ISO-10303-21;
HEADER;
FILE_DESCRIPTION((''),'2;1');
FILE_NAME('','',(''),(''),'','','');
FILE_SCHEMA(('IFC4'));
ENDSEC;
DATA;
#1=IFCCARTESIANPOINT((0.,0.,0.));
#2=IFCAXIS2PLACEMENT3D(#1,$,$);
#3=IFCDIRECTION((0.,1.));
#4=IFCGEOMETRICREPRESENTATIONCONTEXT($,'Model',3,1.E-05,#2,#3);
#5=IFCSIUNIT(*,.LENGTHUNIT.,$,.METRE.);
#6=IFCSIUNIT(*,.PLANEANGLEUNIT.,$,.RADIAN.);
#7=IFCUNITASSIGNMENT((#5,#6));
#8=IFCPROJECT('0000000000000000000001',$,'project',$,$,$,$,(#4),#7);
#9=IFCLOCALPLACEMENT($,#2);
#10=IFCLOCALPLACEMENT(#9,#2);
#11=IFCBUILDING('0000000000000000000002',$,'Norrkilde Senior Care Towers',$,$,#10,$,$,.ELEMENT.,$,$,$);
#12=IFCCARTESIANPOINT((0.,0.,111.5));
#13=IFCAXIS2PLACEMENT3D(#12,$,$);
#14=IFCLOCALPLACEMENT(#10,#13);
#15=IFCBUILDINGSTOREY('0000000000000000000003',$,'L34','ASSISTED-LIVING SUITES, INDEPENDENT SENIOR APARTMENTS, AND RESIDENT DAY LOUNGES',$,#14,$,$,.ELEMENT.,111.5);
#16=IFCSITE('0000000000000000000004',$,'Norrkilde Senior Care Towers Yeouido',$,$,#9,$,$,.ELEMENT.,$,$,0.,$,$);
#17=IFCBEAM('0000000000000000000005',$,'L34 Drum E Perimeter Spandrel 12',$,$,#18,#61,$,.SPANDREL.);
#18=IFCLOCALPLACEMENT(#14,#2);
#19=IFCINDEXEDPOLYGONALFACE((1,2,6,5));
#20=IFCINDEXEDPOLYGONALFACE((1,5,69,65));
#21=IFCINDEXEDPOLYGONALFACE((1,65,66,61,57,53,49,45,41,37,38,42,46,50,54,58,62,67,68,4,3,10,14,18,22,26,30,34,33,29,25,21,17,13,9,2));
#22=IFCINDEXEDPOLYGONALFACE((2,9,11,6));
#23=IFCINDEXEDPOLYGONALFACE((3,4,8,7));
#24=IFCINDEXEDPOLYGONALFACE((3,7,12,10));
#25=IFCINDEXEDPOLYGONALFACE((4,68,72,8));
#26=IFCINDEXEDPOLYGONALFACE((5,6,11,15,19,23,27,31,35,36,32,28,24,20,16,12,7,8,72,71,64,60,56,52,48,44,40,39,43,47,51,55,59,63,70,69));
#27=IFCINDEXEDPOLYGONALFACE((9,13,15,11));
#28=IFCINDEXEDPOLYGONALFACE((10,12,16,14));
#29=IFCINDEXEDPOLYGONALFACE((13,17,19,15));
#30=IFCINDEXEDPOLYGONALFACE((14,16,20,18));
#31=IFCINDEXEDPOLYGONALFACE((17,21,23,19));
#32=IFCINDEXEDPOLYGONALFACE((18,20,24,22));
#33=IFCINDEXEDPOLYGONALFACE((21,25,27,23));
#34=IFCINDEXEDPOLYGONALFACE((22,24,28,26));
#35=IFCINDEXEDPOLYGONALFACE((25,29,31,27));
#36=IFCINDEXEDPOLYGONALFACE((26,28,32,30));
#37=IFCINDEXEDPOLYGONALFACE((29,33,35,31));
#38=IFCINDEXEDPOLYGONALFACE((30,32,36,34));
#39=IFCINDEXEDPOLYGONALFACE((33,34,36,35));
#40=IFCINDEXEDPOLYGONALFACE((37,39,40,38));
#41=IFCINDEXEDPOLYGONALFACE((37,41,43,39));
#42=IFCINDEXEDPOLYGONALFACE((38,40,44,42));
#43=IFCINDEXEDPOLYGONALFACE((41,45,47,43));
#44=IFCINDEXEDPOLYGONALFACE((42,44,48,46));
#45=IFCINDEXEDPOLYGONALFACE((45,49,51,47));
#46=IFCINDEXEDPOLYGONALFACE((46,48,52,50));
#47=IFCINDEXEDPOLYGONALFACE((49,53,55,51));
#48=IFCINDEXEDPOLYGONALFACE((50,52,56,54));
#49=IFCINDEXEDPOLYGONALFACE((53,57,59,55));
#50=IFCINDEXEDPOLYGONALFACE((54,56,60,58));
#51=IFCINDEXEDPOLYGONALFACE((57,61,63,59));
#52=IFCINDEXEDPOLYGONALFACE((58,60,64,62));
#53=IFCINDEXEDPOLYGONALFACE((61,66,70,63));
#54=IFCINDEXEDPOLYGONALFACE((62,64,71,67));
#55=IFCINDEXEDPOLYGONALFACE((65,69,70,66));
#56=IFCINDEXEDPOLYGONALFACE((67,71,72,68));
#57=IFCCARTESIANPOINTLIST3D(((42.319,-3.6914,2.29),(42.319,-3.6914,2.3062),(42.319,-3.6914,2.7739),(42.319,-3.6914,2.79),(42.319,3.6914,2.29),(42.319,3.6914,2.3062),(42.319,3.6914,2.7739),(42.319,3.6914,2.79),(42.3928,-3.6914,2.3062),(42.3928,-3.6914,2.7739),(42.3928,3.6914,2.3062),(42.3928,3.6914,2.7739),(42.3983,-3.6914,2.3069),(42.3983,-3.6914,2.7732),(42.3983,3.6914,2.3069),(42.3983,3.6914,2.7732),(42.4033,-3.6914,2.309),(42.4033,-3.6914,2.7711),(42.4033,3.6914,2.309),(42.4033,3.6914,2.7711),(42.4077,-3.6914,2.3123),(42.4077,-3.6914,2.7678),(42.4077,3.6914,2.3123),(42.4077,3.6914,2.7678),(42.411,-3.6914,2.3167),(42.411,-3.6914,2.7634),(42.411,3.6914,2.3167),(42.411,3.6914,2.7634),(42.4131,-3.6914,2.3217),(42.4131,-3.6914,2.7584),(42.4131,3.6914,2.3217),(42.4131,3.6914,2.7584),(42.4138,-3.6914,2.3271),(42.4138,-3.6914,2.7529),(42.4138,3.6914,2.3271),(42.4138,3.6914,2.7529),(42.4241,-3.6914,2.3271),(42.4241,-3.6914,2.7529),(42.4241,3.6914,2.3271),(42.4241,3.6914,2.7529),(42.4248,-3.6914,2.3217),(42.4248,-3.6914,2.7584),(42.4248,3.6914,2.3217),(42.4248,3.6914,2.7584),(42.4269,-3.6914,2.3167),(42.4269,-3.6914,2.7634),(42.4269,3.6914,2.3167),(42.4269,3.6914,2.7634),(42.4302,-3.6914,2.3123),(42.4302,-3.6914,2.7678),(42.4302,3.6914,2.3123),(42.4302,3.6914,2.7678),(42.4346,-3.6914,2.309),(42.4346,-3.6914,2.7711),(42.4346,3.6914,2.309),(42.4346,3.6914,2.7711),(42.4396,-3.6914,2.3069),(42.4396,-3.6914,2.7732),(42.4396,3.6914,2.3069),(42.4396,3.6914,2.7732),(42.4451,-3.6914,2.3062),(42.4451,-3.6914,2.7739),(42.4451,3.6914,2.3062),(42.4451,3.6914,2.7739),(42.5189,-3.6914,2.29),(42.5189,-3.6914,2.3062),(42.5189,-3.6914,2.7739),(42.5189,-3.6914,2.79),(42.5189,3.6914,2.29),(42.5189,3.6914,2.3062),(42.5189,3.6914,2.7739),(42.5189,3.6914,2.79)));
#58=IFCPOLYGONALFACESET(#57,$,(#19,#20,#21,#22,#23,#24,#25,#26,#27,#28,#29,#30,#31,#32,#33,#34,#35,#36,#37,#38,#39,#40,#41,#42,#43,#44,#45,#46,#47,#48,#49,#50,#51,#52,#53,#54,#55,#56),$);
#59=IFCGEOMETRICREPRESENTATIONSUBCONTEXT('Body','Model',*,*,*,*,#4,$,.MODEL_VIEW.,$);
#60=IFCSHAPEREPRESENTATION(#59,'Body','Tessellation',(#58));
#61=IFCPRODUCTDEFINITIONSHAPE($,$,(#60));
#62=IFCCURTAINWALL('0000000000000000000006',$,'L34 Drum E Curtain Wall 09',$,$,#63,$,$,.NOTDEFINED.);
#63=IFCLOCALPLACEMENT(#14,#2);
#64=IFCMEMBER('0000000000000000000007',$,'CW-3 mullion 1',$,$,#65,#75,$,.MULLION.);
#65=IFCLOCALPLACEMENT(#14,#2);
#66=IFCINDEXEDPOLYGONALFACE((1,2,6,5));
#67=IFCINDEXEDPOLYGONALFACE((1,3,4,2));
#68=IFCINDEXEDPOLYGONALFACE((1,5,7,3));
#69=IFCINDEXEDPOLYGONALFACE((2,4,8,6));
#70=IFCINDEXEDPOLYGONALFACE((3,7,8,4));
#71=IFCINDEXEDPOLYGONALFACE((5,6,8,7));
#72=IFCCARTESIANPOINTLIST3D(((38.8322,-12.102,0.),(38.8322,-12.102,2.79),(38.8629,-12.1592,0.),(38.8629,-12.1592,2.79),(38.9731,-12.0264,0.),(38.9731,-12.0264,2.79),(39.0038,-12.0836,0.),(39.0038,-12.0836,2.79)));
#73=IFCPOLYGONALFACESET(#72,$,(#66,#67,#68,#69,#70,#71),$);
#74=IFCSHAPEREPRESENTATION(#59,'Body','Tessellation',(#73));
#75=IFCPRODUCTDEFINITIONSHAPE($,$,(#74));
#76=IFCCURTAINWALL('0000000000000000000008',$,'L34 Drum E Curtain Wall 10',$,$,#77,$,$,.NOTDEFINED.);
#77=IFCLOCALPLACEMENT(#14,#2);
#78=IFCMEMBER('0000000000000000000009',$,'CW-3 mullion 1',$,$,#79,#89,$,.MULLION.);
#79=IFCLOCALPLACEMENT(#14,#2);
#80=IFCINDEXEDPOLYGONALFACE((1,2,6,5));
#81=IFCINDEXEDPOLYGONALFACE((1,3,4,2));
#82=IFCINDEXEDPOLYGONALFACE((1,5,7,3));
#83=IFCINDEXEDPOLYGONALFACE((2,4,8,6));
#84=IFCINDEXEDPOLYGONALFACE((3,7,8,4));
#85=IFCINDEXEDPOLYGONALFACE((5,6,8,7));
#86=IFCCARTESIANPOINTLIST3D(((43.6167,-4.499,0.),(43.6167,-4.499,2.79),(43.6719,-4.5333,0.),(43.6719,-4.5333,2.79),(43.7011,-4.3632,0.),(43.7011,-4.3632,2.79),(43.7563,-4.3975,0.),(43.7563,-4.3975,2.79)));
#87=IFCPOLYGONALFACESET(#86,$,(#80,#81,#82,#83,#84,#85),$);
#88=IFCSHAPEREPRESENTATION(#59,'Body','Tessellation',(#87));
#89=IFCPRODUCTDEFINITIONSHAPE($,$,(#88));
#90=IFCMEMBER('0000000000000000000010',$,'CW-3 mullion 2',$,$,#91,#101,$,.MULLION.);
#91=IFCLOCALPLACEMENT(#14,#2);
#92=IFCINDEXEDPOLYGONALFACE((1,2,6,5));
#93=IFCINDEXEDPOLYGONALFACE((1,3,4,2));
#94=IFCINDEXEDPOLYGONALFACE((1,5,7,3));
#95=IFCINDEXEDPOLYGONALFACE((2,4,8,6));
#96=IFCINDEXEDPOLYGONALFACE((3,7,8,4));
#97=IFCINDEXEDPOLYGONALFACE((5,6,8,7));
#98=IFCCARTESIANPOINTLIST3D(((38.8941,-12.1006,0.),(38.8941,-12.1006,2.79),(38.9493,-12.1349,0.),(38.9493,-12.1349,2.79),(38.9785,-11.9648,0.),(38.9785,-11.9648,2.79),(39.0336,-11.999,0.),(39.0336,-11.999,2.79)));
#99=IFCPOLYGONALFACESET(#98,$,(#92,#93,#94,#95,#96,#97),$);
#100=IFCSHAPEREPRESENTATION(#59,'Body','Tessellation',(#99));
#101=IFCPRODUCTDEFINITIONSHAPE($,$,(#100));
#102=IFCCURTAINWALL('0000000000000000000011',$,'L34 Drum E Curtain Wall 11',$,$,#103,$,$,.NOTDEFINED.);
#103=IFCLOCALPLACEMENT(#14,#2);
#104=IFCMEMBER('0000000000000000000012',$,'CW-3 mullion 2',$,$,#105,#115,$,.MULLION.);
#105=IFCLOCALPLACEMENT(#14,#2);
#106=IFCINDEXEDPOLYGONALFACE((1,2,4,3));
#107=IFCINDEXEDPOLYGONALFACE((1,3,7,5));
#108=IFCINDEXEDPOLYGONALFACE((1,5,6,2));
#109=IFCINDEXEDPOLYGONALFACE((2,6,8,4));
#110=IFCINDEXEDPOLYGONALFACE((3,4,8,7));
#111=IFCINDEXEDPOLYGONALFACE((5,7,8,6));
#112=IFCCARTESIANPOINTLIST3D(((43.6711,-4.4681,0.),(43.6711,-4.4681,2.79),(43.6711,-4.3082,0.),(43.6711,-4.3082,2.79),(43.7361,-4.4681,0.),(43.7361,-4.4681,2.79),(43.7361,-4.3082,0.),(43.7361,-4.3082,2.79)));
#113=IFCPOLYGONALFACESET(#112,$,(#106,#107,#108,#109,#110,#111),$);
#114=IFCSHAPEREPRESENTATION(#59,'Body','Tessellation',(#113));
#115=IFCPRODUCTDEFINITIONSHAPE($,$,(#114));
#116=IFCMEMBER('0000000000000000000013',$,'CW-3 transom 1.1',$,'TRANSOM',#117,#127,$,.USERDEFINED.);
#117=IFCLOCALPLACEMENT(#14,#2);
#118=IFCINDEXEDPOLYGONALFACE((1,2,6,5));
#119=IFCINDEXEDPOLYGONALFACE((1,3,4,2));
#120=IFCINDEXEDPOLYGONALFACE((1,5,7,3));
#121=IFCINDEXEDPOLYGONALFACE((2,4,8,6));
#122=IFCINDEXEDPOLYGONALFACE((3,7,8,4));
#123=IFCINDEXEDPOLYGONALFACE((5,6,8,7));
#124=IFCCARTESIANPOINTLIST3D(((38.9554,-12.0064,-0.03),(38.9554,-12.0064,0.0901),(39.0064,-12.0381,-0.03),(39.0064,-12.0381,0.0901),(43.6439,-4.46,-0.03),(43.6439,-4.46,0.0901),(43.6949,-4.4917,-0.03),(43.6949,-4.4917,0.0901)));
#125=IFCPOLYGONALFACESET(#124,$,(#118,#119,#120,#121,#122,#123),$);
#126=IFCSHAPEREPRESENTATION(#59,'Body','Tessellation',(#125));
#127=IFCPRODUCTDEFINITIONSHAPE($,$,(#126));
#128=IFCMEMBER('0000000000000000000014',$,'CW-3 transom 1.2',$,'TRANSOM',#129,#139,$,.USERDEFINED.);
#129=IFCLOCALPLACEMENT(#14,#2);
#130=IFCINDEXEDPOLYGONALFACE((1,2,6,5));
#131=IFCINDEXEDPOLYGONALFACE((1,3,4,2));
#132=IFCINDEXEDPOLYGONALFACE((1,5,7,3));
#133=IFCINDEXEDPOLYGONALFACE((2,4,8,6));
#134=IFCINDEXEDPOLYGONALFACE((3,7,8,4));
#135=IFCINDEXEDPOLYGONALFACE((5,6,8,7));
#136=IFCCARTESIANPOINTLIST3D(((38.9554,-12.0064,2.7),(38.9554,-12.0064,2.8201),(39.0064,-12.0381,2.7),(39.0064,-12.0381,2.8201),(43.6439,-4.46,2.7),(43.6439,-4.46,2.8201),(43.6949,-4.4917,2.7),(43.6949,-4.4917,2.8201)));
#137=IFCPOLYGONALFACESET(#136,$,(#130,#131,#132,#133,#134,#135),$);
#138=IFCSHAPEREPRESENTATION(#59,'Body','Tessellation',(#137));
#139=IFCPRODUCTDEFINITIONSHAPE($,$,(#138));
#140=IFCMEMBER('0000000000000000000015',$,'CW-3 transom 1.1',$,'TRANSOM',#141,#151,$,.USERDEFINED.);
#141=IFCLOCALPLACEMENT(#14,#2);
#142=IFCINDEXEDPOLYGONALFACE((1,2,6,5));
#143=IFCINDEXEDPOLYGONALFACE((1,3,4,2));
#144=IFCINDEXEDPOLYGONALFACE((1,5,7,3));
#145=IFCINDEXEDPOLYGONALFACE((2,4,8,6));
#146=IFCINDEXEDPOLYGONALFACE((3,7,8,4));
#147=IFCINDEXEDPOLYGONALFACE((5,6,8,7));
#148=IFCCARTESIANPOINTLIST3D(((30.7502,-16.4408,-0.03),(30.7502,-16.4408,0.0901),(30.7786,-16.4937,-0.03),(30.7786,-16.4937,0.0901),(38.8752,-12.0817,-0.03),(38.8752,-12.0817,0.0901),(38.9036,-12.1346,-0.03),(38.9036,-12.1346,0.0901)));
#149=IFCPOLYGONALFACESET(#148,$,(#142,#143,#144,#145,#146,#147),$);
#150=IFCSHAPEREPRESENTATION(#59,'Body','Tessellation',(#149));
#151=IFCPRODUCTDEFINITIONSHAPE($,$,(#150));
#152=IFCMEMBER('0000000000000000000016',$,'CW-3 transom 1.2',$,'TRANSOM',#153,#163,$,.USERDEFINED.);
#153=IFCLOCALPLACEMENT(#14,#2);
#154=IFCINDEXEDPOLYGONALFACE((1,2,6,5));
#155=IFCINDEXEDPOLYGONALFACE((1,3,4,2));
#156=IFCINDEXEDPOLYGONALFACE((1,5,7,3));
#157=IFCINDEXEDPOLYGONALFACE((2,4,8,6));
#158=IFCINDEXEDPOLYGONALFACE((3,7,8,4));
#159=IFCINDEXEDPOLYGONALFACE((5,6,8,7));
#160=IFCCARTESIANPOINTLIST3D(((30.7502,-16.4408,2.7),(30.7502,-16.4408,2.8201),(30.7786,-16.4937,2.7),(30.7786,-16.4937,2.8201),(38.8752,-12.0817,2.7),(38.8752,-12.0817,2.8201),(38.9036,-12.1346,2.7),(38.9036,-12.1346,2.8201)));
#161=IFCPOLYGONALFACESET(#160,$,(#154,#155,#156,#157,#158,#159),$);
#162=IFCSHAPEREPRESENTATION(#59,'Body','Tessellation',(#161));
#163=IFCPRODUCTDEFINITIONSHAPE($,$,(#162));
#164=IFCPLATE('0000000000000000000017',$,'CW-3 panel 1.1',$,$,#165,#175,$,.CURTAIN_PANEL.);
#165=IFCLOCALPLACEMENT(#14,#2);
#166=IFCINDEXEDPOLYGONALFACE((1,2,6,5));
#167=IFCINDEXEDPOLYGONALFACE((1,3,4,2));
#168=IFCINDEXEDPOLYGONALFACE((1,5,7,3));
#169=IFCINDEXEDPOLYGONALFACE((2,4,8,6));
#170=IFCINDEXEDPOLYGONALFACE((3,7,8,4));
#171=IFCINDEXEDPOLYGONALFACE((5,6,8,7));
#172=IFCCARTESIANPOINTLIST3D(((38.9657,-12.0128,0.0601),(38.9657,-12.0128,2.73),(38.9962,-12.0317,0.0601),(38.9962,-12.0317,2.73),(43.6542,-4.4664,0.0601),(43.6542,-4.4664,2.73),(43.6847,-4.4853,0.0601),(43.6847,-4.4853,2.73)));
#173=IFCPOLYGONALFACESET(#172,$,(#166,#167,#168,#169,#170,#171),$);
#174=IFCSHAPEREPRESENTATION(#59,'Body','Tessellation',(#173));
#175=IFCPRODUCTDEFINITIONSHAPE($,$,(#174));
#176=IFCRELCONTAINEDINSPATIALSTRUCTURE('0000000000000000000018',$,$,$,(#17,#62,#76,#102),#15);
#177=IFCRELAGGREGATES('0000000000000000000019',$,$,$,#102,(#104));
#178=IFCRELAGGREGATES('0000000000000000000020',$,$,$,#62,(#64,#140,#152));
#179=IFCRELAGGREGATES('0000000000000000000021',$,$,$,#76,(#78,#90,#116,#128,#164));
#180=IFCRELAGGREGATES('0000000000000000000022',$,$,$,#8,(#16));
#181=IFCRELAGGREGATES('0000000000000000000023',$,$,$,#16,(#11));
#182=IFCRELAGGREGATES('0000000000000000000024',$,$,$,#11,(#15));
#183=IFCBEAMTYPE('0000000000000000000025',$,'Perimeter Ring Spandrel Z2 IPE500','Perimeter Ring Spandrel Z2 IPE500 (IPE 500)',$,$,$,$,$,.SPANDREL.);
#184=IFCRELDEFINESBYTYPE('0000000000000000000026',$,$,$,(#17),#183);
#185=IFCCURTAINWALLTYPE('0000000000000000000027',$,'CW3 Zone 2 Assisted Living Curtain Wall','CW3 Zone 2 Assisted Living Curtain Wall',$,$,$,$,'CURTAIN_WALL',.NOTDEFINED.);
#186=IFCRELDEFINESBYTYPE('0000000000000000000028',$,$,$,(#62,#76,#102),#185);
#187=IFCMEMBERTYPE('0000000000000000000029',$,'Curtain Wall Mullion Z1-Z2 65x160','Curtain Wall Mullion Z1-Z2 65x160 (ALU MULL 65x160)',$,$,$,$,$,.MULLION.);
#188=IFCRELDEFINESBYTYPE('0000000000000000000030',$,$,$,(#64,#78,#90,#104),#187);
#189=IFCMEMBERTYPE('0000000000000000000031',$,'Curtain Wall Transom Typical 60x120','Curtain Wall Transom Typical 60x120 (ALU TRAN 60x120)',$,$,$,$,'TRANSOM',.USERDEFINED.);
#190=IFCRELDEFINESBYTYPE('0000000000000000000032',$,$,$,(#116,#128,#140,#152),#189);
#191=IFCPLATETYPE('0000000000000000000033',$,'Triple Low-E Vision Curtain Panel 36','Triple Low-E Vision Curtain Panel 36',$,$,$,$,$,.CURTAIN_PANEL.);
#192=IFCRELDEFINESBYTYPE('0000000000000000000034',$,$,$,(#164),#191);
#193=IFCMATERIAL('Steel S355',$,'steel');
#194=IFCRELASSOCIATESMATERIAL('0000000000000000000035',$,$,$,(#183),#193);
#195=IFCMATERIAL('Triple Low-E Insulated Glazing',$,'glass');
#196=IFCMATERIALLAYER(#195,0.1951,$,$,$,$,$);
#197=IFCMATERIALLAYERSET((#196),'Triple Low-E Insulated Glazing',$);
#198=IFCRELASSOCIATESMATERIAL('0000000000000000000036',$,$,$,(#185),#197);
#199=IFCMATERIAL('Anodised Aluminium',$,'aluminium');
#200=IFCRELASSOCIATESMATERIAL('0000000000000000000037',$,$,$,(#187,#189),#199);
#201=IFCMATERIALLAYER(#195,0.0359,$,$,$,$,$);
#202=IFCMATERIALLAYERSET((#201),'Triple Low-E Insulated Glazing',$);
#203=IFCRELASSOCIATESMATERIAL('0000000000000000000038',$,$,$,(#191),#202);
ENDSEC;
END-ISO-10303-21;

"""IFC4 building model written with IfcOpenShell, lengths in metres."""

from ifc_helpers import new_model, si_unit, direction, frame, origin, origin_2d, place, context, subcontext, project, spatial, rectangle, i_section, extrude, source, transform, mapped, material, layer, layer_set, material_profile, profile_set, type_object, type_shapes, element, aggregate, save


model = new_model("IFC4")

# Units and contexts
model_context = context("Model", 3, precision=1e-05, world=origin(), true_north=direction((0.0, 1.0)))
body_context = subcontext(model_context, "Body", "Model", "MODEL_VIEW")
ifc_project = project(units=[si_unit("LENGTHUNIT", "METRE"), si_unit("PLANEANGLEUNIT", "RADIAN")], contexts=[model_context])

# Site, building, storey
site_placement = place(None, origin())
site = spatial("IfcSite", under=ifc_project, at=site_placement, Name="Norrkilde Senior Care Towers Yeouido", CompositionType="ELEMENT", RefElevation=0.0)
building_placement = place(site_placement, origin())
building = spatial("IfcBuilding", under=site, at=building_placement, Name="Norrkilde Senior Care Towers", CompositionType="ELEMENT")
storey_placement = place(building_placement, frame((0.0, 0.0, 111.5)))
storey = spatial("IfcBuildingStorey", under=building, at=storey_placement, Name="L34", Description="ASSISTED-LIVING SUITES, INDEPENDENT SENIOR APARTMENTS, AND RESIDENT DAY LOUNGES", CompositionType="ELEMENT", Elevation=111.5)

# Beam
ifc_material_1 = material(Name="Steel S355", Category="steel")
ifc_material_profile_1 = material_profile(ifc_material_1, i_section(OverallWidth=0.2, OverallDepth=0.5, WebThickness=0.0103, FlangeThickness=0.0161, FilletRadius=0.021, at=origin_2d()), Name="IPE 500")
ifc_profile_set_1 = profile_set([ifc_material_profile_1], Name="Steel S355")
beam_type_1 = type_object("IfcBeamType", Name="Perimeter Ring Spandrel Z2 IPE500", Description="Perimeter Ring Spandrel Z2 IPE500 (IPE 500)", PredefinedType="SPANDREL", material=ifc_profile_set_1)
shared_shape_1 = source(origin(), body_context, "Body", "SweptSolid", [
    extrude(i_section(OverallWidth=0.2, OverallDepth=0.5, WebThickness=0.0103, FlangeThickness=0.0161, FilletRadius=0.021, at=origin_2d()), origin(), (0.0, 0.0, 1.0), 7.3828),
])
beam_1_placement = place(storey_placement, frame((42.4189, -3.6914, 2.54), z_axis=(0.0, 1.0, 0.0), x_axis=(-1.0, 0.0, 0.0)))
element("IfcBeam", 1, at=beam_1_placement, inside=storey, type_object=beam_type_1, Name="L34 Drum E Perimeter Spandrel 12", PredefinedType="SPANDREL", context=body_context, shape_type="MappedRepresentation", body=[
    mapped(shared_shape_1, transform((0.0, 0.0, 0.0), x_axis=(1.0, 0.0, 0.0), y_axis=(0.0, 1.0, 0.0), z_axis=(0.0, 0.0, 1.0), scale=1.0)),
])

# Curtain wall, member
ifc_material_2 = material(Name="Triple Low-E Insulated Glazing", Category="glass")
ifc_layer_1 = layer(ifc_material_2, 0.1951)
ifc_layer_set_1 = layer_set([ifc_layer_1], Name="Triple Low-E Insulated Glazing")
curtain_wall_type = type_object("IfcCurtainWallType", Name="CW3 Zone 2 Assisted Living Curtain Wall", Description="CW3 Zone 2 Assisted Living Curtain Wall", ElementType="CURTAIN_WALL", PredefinedType="NOTDEFINED", material=ifc_layer_set_1)
curtain_wall_1_placement = place(storey_placement, origin())
curtain_wall_1 = element("IfcCurtainWall", 2, at=curtain_wall_1_placement, inside=storey, type_object=curtain_wall_type, Name="L34 Drum E Curtain Wall 09", PredefinedType="NOTDEFINED")
ifc_material_3 = material(Name="Anodised Aluminium", Category="aluminium")
ifc_material_profile_2 = material_profile(ifc_material_3, rectangle(XDim=0.0649, YDim=0.1599, at=origin_2d()), Name="ALU MULL 65x160")
ifc_profile_set_2 = profile_set([ifc_material_profile_2], Name="Anodised Aluminium")
member_type_1 = type_object("IfcMemberType", Name="Curtain Wall Mullion Z1-Z2 65x160", Description="Curtain Wall Mullion Z1-Z2 65x160 (ALU MULL 65x160)", PredefinedType="MULLION", material=ifc_profile_set_2)
shared_shape_2 = source(origin(), body_context, "Body", "SweptSolid", [
    extrude(rectangle(XDim=0.0649, YDim=0.1599, at=origin_2d()), origin(), (0.0, 0.0, 1.0), 2.79),
])
type_shapes(member_type_1, [shared_shape_2])
member_1_placement = place(storey_placement, frame((38.918, -12.0928, 0.0), z_axis=(0.0, 0.0, 1.0), x_axis=(0.472769, -0.881186, 0.0)))
member_1 = element("IfcMember", 3, at=member_1_placement, type_object=member_type_1, Name="CW-3 mullion 1", PredefinedType="MULLION", context=body_context, shape_type="MappedRepresentation", body=[
    mapped(shared_shape_2, transform((0.0, 0.0, 0.0), x_axis=(1.0, 0.0, 0.0), y_axis=(0.0, 1.0, 0.0), z_axis=(0.0, 0.0, 1.0), scale=1.0)),
])

# Curtain wall, members
curtain_wall_2_placement = place(storey_placement, origin())
curtain_wall_2 = element("IfcCurtainWall", 4, at=curtain_wall_2_placement, inside=storey, type_object=curtain_wall_type, Name="L34 Drum E Curtain Wall 10", PredefinedType="NOTDEFINED")
member_2_placement = place(storey_placement, frame((43.6865, -4.4482, 0.0), z_axis=(0.0, 0.0, 1.0), x_axis=(0.84941, -0.527733, 0.0)))
member_2 = element("IfcMember", 5, at=member_2_placement, type_object=member_type_1, Name="CW-3 mullion 1", PredefinedType="MULLION", context=body_context, shape_type="MappedRepresentation", body=[
    mapped(shared_shape_2, transform((0.0, 0.0, 0.0), x_axis=(1.0, 0.0, 0.0), y_axis=(0.0, 1.0, 0.0), z_axis=(0.0, 0.0, 1.0), scale=1.0)),
])
member_3_placement = place(storey_placement, frame((38.9639, -12.0498, 0.0), z_axis=(0.0, 0.0, 1.0), x_axis=(0.84941, -0.527733, 0.0)))
member_3 = element("IfcMember", 6, at=member_3_placement, type_object=member_type_1, Name="CW-3 mullion 2", PredefinedType="MULLION", context=body_context, shape_type="MappedRepresentation", body=[
    mapped(shared_shape_2, transform((0.0, 0.0, 0.0), x_axis=(1.0, 0.0, 0.0), y_axis=(0.0, 1.0, 0.0), z_axis=(0.0, 0.0, 1.0), scale=1.0)),
])

# Curtain wall, member
curtain_wall_3_placement = place(storey_placement, origin())
curtain_wall_3 = element("IfcCurtainWall", 7, at=curtain_wall_3_placement, inside=storey, type_object=curtain_wall_type, Name="L34 Drum E Curtain Wall 11", PredefinedType="NOTDEFINED")
member_4_placement = place(storey_placement, frame((43.7036, -4.3882, 0.0), z_axis=(0.0, 0.0, 1.0), x_axis=(1.0, 0.0, 0.0)))
member_4 = element("IfcMember", 8, at=member_4_placement, type_object=member_type_1, Name="CW-3 mullion 2", PredefinedType="MULLION", context=body_context, shape_type="MappedRepresentation", body=[
    mapped(shared_shape_2, transform((0.0, 0.0, 0.0), x_axis=(1.0, 0.0, 0.0), y_axis=(0.0, 1.0, 0.0), z_axis=(0.0, 0.0, 1.0), scale=1.0)),
])
aggregate(curtain_wall_3, [member_4])

# Members
ifc_material_profile_3 = material_profile(ifc_material_3, rectangle(XDim=0.0601, YDim=0.1201, at=origin_2d()), Name="ALU TRAN 60x120")
ifc_profile_set_3 = profile_set([ifc_material_profile_3], Name="Anodised Aluminium")
member_type_2 = type_object("IfcMemberType", Name="Curtain Wall Transom Typical 60x120", Description="Curtain Wall Transom Typical 60x120 (ALU TRAN 60x120)", ElementType="TRANSOM", PredefinedType="USERDEFINED", material=ifc_profile_set_3)
shared_shape_3 = source(origin(), body_context, "Body", "SweptSolid", [
    extrude(rectangle(XDim=0.0601, YDim=0.1201, at=origin_2d()), origin(), (0.0, 0.0, 1.0), 8.8843),
])
member_5_placement = place(storey_placement, frame((43.6694, -4.4758, 0.03), z_axis=(-0.527729, -0.849413, 0.0), x_axis=(0.849413, -0.527729, 0.0)))
member_5 = element("IfcMember", 9, at=member_5_placement, type_object=member_type_2, Name="CW-3 transom 1.1", ObjectType="TRANSOM", PredefinedType="USERDEFINED", context=body_context, shape_type="MappedRepresentation", body=[
    mapped(shared_shape_3, transform((0.0, 0.0, 0.0), x_axis=(1.0, 0.0, 0.0), y_axis=(0.0, 1.0, 0.0), z_axis=(0.0, 0.0, 1.0), scale=1.0)),
])
member_6_placement = place(storey_placement, frame((43.6694, -4.4758, 2.76), z_axis=(-0.527729, -0.849413, 0.0), x_axis=(0.849413, -0.527729, 0.0)))
member_6 = element("IfcMember", 10, at=member_6_placement, type_object=member_type_2, Name="CW-3 transom 1.2", ObjectType="TRANSOM", PredefinedType="USERDEFINED", context=body_context, shape_type="MappedRepresentation", body=[
    mapped(shared_shape_3, transform((0.0, 0.0, 0.0), x_axis=(1.0, 0.0, 0.0), y_axis=(0.0, 1.0, 0.0), z_axis=(0.0, 0.0, 1.0), scale=1.0)),
])
shared_shape_4 = source(origin(), body_context, "Body", "SweptSolid", [
    extrude(rectangle(XDim=0.0601, YDim=0.1201, at=origin_2d()), origin(), (0.0, 0.0, 1.0), 9.2205),
])
type_shapes(member_type_2, [shared_shape_3, shared_shape_4])
member_7_placement = place(storey_placement, frame((38.8894, -12.1082, 0.03), z_axis=(-0.881189, -0.472765, 0.0), x_axis=(0.472765, -0.881189, 0.0)))
member_7 = element("IfcMember", 11, at=member_7_placement, type_object=member_type_2, Name="CW-3 transom 1.1", ObjectType="TRANSOM", PredefinedType="USERDEFINED", context=body_context, shape_type="MappedRepresentation", body=[
    mapped(shared_shape_4, transform((0.0, 0.0, 0.0), x_axis=(1.0, 0.0, 0.0), y_axis=(0.0, 1.0, 0.0), z_axis=(0.0, 0.0, 1.0), scale=1.0)),
])
member_8_placement = place(storey_placement, frame((38.8894, -12.1082, 2.76), z_axis=(-0.881189, -0.472765, 0.0), x_axis=(0.472765, -0.881189, 0.0)))
member_8 = element("IfcMember", 12, at=member_8_placement, type_object=member_type_2, Name="CW-3 transom 1.2", ObjectType="TRANSOM", PredefinedType="USERDEFINED", context=body_context, shape_type="MappedRepresentation", body=[
    mapped(shared_shape_4, transform((0.0, 0.0, 0.0), x_axis=(1.0, 0.0, 0.0), y_axis=(0.0, 1.0, 0.0), z_axis=(0.0, 0.0, 1.0), scale=1.0)),
])
aggregate(curtain_wall_1, [member_1, member_7, member_8])

# Plate
ifc_layer_2 = layer(ifc_material_2, 0.0359)
ifc_layer_set_2 = layer_set([ifc_layer_2], Name="Triple Low-E Insulated Glazing")
plate_type = type_object("IfcPlateType", Name="Triple Low-E Vision Curtain Panel 36", Description="Triple Low-E Vision Curtain Panel 36", PredefinedType="CURTAIN_PANEL", material=ifc_layer_set_2)
shared_shape_5 = source(origin(), body_context, "Body", "SweptSolid", [
    extrude(rectangle(XDim=8.8843, YDim=0.0359, at=origin_2d()), origin(), (0.0, 0.0, 1.0), 2.6699),
])
type_shapes(plate_type, [shared_shape_5])
plate_placement = place(storey_placement, frame((41.3252, -8.249, 0.0601), z_axis=(0.0, 0.0, 1.0), x_axis=(-0.527733, -0.84941, 0.0)))
plate = element("IfcPlate", 13, at=plate_placement, type_object=plate_type, Name="CW-3 panel 1.1", PredefinedType="CURTAIN_PANEL", context=body_context, shape_type="MappedRepresentation", body=[
    mapped(shared_shape_5, transform((0.0, 0.0, 0.0), x_axis=(1.0, 0.0, 0.0), y_axis=(0.0, 1.0, 0.0), z_axis=(0.0, 0.0, 1.0), scale=1.0)),
])
aggregate(curtain_wall_2, [member_2, member_3, member_5, member_6, plate])

save(model, "model.ifc")
